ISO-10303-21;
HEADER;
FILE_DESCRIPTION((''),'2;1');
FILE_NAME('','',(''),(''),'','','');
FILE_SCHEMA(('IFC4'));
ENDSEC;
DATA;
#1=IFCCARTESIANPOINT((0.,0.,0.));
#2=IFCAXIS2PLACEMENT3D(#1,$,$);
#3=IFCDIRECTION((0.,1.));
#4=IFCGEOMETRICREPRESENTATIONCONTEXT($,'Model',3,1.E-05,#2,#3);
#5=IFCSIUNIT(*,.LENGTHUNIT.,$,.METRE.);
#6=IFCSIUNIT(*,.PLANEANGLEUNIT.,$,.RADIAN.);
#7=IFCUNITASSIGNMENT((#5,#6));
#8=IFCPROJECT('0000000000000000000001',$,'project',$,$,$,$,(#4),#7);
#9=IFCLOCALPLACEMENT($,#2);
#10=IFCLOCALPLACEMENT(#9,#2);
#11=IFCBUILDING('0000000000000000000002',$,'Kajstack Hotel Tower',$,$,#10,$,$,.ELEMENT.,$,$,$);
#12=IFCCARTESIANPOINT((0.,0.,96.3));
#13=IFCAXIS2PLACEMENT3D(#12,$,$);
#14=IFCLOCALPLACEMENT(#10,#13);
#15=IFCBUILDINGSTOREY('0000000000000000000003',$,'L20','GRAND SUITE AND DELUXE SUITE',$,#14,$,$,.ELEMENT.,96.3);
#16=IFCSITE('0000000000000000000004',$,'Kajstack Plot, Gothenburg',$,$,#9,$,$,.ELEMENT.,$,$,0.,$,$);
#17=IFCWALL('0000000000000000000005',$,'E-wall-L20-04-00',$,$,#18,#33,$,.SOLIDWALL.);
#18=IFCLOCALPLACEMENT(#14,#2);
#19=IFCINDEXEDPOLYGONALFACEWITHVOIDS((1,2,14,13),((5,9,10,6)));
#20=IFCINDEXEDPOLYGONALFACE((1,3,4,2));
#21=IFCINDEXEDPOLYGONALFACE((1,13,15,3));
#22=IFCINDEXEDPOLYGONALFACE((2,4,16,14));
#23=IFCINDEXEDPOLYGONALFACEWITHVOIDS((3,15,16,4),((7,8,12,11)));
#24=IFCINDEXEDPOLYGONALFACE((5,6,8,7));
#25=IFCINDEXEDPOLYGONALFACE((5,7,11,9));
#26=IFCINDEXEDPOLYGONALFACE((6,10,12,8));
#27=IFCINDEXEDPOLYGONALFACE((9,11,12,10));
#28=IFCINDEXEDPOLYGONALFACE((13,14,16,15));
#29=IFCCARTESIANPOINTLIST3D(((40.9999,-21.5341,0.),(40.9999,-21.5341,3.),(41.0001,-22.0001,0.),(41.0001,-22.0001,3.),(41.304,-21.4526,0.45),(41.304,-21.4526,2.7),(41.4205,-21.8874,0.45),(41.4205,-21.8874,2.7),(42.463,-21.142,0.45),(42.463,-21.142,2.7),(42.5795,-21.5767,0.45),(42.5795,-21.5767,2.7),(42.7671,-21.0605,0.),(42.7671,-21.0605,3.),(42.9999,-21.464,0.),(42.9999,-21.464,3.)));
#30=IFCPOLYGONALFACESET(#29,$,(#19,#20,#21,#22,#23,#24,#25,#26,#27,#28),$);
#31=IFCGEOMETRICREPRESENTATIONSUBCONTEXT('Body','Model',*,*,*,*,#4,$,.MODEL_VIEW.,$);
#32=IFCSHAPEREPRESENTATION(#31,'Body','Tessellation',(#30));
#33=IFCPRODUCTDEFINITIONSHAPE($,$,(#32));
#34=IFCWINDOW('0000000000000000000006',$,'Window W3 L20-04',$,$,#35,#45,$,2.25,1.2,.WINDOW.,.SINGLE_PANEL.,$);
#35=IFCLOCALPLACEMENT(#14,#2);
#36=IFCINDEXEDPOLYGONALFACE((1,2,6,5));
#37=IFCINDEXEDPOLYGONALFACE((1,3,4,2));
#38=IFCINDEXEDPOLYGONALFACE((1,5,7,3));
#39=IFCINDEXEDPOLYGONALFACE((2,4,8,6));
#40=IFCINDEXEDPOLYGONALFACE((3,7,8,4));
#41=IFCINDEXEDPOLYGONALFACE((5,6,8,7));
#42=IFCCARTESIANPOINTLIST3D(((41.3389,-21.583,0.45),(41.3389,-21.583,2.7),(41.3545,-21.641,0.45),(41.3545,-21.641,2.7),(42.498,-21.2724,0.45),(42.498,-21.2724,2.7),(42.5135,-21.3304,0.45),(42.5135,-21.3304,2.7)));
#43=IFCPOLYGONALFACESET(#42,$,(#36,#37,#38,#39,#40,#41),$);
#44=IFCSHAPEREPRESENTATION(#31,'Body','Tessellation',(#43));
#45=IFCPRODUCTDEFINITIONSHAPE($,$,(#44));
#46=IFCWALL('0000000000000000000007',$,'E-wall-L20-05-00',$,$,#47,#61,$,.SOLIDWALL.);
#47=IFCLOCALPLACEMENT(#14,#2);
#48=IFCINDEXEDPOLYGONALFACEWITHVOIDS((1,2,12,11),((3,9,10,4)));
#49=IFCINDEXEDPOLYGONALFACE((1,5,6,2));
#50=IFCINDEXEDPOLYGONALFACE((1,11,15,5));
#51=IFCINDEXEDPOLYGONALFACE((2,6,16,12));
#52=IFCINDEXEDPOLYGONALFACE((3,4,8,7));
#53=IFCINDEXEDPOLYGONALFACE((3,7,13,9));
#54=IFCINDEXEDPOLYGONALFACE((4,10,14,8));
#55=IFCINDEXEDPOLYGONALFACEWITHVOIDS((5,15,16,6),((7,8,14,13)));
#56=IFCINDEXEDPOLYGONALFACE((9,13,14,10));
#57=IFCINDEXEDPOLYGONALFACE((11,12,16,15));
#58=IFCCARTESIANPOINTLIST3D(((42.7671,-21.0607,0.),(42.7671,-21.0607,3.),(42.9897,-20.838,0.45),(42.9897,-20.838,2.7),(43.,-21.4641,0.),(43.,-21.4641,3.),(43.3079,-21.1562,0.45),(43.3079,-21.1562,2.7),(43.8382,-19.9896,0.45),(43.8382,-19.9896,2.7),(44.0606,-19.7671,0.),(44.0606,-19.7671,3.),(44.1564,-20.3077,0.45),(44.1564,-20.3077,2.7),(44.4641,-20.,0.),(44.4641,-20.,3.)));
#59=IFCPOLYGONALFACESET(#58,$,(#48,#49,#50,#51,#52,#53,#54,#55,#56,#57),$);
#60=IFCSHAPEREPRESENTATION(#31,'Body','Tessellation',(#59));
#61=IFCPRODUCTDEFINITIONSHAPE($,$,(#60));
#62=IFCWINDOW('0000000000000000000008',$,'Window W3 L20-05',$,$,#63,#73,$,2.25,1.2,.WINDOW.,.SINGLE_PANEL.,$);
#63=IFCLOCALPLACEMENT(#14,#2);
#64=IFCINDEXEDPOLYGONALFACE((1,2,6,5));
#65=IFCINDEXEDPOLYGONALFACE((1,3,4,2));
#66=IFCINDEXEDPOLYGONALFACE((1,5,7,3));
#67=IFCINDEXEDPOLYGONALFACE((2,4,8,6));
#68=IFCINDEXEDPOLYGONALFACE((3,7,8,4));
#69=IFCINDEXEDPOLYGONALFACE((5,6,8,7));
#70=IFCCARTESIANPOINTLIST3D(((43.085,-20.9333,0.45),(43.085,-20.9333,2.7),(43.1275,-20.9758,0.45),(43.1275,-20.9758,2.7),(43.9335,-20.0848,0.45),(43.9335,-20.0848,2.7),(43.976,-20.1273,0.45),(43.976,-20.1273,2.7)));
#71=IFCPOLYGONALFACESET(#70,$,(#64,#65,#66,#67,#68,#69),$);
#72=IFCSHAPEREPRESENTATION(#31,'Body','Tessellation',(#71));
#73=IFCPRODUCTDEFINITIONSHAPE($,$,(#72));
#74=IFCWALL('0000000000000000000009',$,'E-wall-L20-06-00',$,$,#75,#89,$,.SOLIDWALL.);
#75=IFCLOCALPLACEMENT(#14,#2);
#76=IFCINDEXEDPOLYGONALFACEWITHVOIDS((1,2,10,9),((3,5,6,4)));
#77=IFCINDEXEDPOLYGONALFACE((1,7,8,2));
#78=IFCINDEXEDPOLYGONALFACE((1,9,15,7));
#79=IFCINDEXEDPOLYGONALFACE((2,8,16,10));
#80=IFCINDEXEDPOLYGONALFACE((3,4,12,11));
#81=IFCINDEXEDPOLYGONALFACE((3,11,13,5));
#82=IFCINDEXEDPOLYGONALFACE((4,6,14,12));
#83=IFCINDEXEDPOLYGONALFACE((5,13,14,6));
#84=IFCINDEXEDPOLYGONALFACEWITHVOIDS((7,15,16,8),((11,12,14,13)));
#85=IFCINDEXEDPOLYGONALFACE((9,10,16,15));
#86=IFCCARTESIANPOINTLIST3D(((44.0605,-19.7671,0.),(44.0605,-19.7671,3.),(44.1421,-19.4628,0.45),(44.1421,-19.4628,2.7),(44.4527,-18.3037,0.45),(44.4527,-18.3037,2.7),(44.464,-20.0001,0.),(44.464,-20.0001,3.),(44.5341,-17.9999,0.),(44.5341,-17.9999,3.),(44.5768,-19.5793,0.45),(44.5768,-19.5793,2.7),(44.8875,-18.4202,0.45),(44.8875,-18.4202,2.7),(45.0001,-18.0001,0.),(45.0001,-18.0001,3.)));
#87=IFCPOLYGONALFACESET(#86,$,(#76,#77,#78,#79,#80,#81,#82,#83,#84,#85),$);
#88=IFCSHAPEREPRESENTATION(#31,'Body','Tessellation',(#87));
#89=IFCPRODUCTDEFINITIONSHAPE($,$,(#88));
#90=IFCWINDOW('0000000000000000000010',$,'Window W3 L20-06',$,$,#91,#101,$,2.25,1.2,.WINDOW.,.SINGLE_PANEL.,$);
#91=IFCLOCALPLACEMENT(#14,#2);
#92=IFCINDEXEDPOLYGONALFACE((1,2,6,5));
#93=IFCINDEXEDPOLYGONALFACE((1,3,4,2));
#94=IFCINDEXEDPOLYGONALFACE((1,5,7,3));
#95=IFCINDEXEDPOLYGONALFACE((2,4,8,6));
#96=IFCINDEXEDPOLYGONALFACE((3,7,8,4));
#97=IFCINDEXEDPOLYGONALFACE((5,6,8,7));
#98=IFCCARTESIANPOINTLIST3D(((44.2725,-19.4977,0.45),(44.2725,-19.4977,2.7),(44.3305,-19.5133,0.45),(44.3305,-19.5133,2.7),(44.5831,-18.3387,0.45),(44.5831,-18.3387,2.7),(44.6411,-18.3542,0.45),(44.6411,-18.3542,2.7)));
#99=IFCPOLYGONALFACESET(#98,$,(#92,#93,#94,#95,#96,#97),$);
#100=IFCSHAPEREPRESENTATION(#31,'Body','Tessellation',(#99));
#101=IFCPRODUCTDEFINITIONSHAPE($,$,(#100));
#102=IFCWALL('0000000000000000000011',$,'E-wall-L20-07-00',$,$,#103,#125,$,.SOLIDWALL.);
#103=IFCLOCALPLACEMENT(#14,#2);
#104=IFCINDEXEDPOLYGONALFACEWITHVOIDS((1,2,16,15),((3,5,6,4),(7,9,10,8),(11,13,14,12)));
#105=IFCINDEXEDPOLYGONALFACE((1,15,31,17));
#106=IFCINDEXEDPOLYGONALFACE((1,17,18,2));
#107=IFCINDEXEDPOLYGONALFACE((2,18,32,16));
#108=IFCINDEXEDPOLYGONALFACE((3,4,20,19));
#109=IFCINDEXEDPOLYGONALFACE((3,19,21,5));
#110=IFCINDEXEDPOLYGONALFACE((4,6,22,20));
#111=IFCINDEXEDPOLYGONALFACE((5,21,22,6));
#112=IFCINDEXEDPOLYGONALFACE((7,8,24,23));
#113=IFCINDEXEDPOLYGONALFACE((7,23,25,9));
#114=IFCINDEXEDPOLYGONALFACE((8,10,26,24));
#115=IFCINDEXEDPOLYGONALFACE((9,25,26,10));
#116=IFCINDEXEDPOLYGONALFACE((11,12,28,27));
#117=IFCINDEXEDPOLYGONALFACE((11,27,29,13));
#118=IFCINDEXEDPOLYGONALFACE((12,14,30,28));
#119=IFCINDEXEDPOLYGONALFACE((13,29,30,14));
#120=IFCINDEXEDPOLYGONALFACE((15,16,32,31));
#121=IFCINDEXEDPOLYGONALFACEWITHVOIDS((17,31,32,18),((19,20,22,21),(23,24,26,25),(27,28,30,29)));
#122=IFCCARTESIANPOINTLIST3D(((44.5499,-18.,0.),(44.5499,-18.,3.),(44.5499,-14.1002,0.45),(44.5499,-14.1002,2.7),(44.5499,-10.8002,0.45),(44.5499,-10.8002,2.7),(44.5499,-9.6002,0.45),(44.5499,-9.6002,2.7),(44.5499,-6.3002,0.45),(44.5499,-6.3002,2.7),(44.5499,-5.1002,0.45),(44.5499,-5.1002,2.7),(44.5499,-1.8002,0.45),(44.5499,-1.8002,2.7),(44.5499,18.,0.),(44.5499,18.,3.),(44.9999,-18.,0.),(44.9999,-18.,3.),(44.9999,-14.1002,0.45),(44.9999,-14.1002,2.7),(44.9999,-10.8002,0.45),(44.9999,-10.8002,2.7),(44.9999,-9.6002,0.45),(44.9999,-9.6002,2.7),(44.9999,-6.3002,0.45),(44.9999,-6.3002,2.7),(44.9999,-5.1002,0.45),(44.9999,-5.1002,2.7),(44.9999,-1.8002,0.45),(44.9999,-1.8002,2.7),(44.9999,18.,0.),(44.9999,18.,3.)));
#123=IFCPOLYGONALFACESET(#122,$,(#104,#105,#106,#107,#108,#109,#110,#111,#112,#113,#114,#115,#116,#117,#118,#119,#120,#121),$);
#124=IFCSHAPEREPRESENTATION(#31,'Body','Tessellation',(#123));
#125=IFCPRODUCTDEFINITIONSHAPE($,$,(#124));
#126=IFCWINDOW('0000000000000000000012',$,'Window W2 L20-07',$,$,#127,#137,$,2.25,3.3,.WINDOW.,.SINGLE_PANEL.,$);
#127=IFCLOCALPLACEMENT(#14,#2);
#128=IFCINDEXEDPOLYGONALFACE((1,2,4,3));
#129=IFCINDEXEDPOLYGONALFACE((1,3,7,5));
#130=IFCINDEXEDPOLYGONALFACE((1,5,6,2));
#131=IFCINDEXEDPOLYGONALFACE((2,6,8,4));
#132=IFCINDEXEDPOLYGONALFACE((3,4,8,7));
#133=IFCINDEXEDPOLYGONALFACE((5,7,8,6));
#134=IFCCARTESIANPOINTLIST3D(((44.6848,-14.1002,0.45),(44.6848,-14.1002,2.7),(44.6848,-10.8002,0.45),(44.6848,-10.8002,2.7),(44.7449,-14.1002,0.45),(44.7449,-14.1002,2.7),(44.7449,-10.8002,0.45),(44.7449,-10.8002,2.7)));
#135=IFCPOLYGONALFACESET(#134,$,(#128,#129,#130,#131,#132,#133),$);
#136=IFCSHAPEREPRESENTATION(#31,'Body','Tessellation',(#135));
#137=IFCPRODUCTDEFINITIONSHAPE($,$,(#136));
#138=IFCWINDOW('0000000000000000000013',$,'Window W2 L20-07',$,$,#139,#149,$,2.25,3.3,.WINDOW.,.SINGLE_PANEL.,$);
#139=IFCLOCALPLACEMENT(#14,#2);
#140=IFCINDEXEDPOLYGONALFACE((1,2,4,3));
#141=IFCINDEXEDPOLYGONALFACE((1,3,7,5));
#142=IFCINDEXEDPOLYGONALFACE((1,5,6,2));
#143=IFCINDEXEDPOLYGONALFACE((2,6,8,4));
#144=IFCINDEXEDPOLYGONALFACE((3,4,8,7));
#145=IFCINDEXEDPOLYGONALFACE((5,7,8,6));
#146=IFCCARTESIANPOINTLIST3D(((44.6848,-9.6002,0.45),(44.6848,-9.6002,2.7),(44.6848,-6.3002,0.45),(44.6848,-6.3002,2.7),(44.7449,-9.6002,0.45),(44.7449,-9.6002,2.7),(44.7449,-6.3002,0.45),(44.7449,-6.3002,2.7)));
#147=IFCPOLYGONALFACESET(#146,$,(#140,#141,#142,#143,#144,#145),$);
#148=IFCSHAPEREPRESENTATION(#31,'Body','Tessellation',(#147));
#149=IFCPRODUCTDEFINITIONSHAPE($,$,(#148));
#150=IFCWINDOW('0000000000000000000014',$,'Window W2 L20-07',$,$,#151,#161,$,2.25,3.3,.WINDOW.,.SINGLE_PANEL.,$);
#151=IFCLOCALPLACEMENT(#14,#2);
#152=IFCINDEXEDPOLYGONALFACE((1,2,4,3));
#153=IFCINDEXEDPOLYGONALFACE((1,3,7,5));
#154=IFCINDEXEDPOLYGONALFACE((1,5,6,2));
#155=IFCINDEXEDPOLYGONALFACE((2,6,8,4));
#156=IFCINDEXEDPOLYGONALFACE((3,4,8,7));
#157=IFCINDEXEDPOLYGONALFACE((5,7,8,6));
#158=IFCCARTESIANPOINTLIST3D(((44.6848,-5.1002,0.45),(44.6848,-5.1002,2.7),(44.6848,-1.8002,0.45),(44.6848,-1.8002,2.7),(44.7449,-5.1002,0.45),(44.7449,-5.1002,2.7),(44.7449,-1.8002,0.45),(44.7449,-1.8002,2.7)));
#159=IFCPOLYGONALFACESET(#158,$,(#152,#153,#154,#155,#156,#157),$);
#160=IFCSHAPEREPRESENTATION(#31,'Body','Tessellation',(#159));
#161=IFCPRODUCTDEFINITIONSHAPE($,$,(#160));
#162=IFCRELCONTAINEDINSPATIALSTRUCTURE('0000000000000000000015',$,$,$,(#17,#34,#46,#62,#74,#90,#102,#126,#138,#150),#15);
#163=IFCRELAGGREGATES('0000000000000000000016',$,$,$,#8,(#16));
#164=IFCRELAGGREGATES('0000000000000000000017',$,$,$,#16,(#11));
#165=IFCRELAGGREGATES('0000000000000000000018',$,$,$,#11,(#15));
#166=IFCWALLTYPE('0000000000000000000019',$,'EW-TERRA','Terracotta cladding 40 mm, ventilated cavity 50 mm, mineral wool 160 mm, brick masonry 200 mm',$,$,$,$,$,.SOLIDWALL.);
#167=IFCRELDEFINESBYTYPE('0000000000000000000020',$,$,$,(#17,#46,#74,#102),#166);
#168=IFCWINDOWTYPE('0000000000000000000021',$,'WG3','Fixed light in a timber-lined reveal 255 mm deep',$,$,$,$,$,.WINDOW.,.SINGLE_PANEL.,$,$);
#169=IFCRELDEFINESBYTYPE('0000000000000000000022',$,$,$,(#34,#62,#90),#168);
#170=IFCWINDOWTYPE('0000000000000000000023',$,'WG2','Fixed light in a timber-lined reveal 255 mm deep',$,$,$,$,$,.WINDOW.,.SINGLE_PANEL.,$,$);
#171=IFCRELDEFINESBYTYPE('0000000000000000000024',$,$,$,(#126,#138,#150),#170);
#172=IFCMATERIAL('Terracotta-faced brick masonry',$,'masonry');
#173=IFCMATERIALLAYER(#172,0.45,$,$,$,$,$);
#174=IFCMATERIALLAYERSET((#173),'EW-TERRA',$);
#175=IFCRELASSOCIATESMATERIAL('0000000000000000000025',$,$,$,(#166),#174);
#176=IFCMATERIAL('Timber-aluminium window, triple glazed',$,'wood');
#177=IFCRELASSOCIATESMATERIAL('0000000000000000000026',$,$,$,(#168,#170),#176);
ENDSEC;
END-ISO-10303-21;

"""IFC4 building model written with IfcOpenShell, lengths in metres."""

from ifc_helpers import new_model, si_unit, direction, frame, frame_2d, origin, place, context, subcontext, project, spatial, polyline, rectangle, outline, extrude, material, layer, layer_set, type_object, element, fill, save


model = new_model("IFC4")

# Units and contexts
model_context = context("Model", 3, precision=1e-05, world=origin(), true_north=direction((0.0, 1.0)))
body_context = subcontext(model_context, "Body", "Model", "MODEL_VIEW")
ifc_project = project(units=[si_unit("LENGTHUNIT", "METRE"), si_unit("PLANEANGLEUNIT", "RADIAN")], contexts=[model_context])

# Site, building, storey
site_placement = place(None, origin())
site = spatial("IfcSite", under=ifc_project, at=site_placement, Name="Kajstack Plot, Gothenburg", CompositionType="ELEMENT", RefElevation=0.0)
building_placement = place(site_placement, origin())
building = spatial("IfcBuilding", under=site, at=building_placement, Name="Kajstack Hotel Tower", CompositionType="ELEMENT")
storey_placement = place(building_placement, frame((0.0, 0.0, 96.3)))
storey = spatial("IfcBuildingStorey", under=building, at=storey_placement, Name="L20", Description="GRAND SUITE AND DELUXE SUITE", CompositionType="ELEMENT", Elevation=96.3)

# Walls, openings, windows
ifc_material_1 = material(Name="Terracotta-faced brick masonry", Category="masonry")
ifc_layer_1 = layer(ifc_material_1, 0.45)
ifc_layer_set_1 = layer_set([ifc_layer_1], Name="EW-TERRA")
wall_type_1 = type_object("IfcWallType", Name="EW-TERRA", Description="Terracotta cladding 40 mm, ventilated cavity 50 mm, mineral wool 160 mm, brick masonry 200 mm", PredefinedType="SOLIDWALL", material=ifc_layer_set_1)
wall_1_placement = place(storey_placement, frame((40.9417, -21.7827, 0.0), z_axis=(0.0, 0.0, 1.0), x_axis=(0.965927, 0.258815, 0.0)))
wall_1 = element("IfcWall", 1, at=wall_1_placement, inside=storey, type_object=wall_type_1, Name="E-wall-L20-04-00", PredefinedType="SOLIDWALL", context=body_context, shape_type="SweptSolid", body=[
    extrude(outline(polyline([(0.0002, -0.2251), (2.0706, -0.2249), (1.9502, 0.2251), (0.1206, 0.2251), (0.0002, -0.2251)])), origin(), (0.0, 0.0, 1.0), 3.0),
])
opening_1_placement = place(wall_1_placement, frame((0.4353, 0.0, 0.45)))
opening_1 = element("IfcOpeningElement", 2, at=opening_1_placement, cuts=wall_1, PredefinedType="OPENING", context=body_context, shape_type="SweptSolid", body=[
    extrude(rectangle(XDim=1.2, YDim=2.25, at=frame_2d((0.6001, 1.125))), frame((0.0, 0.2349, 0.0), z_axis=(0.0, -1.0, 0.0), x_axis=(1.0, 0.0, 0.0)), (0.0, 0.0, 1.0), 0.47),
])
ifc_material_2 = material(Name="Timber-aluminium window, triple glazed", Category="wood")
window_type_1 = type_object("IfcWindowType", Name="WG3", Description="Fixed light in a timber-lined reveal 255 mm deep", PartitioningType="SINGLE_PANEL", PredefinedType="WINDOW", material=ifc_material_2)
window_1_placement = place(opening_1_placement, origin())
window_1 = element("IfcWindow", 3, at=window_1_placement, inside=storey, type_object=window_type_1, Name="Window W3 L20-04", OverallHeight=2.25, OverallWidth=1.2, PartitioningType="SINGLE_PANEL", PredefinedType="WINDOW", context=body_context, shape_type="SweptSolid", body=[
    extrude(rectangle(XDim=1.2, YDim=2.25, at=frame_2d((0.6001, 1.125))), frame((0.0, 0.0901, 0.0), z_axis=(0.0, -1.0, 0.0), x_axis=(1.0, 0.0, 0.0)), (0.0, 0.0, 1.0), 0.0601),
])
fill(opening_1, window_1)
wall_2_placement = place(storey_placement, frame((42.8408, -21.3049, 0.0), z_axis=(0.0, 0.0, 1.0), x_axis=(0.707107, 0.707107, 0.0)))
wall_2 = element("IfcWall", 4, at=wall_2_placement, inside=storey, type_object=wall_type_1, Name="E-wall-L20-05-00", PredefinedType="SOLIDWALL", context=body_context, shape_type="SweptSolid", body=[
    extrude(outline(polyline([(0.0, -0.2251), (2.0706, -0.2251), (1.95, 0.2249), (0.1206, 0.2249), (0.0, -0.2251)])), origin(), (0.0, 0.0, 1.0), 3.0),
])
opening_2_placement = place(wall_2_placement, frame((0.4353, 0.0, 0.45)))
opening_2 = element("IfcOpeningElement", 5, at=opening_2_placement, cuts=wall_2, PredefinedType="OPENING", context=body_context, shape_type="SweptSolid", body=[
    extrude(rectangle(XDim=1.2, YDim=2.25, at=frame_2d((0.6001, 1.125))), frame((0.0, 0.2349, 0.0), z_axis=(0.0, -1.0, 0.0), x_axis=(1.0, 0.0, 0.0)), (0.0, 0.0, 1.0), 0.47),
])
window_2_placement = place(opening_2_placement, origin())
window_2 = element("IfcWindow", 6, at=window_2_placement, inside=storey, type_object=window_type_1, Name="Window W3 L20-05", OverallHeight=2.25, OverallWidth=1.2, PartitioningType="SINGLE_PANEL", PredefinedType="WINDOW", context=body_context, shape_type="SweptSolid", body=[
    extrude(rectangle(XDim=1.2, YDim=2.25, at=frame_2d((0.6001, 1.125))), frame((0.0, 0.0901, 0.0), z_axis=(0.0, -1.0, 0.0), x_axis=(1.0, 0.0, 0.0)), (0.0, 0.0, 1.0), 0.0601),
])
fill(opening_2, window_2)
wall_3_placement = place(storey_placement, frame((44.2468, -19.9417, 0.0), z_axis=(0.0, 0.0, 1.0), x_axis=(0.258815, 0.965927, 0.0)))
wall_3 = element("IfcWall", 7, at=wall_3_placement, inside=storey, type_object=wall_type_1, Name="E-wall-L20-06-00", PredefinedType="SOLIDWALL", context=body_context, shape_type="SweptSolid", body=[
    extrude(outline(polyline([(-0.0002, -0.2249), (2.0703, -0.2251), (1.95, 0.2251), (0.1204, 0.2251), (-0.0002, -0.2249)])), origin(), (0.0, 0.0, 1.0), 3.0),
])
opening_3_placement = place(wall_3_placement, frame((0.4353, 0.0, 0.45)))
opening_3 = element("IfcOpeningElement", 8, at=opening_3_placement, cuts=wall_3, PredefinedType="OPENING", context=body_context, shape_type="SweptSolid", body=[
    extrude(rectangle(XDim=1.2, YDim=2.25, at=frame_2d((0.6001, 1.125))), frame((0.0, 0.2349, 0.0), z_axis=(0.0, -1.0, 0.0), x_axis=(1.0, 0.0, 0.0)), (0.0, 0.0, 1.0), 0.47),
])
window_3_placement = place(opening_3_placement, origin())
window_3 = element("IfcWindow", 9, at=window_3_placement, inside=storey, type_object=window_type_1, Name="Window W3 L20-06", OverallHeight=2.25, OverallWidth=1.2, PartitioningType="SINGLE_PANEL", PredefinedType="WINDOW", context=body_context, shape_type="SweptSolid", body=[
    extrude(rectangle(XDim=1.2, YDim=2.25, at=frame_2d((0.6001, 1.125))), frame((0.0, 0.0901, 0.0), z_axis=(0.0, -1.0, 0.0), x_axis=(1.0, 0.0, 0.0)), (0.0, 0.0, 1.0), 0.0601),
])
fill(opening_3, window_3)

# Wall, openings, windows
wall_4_placement = place(storey_placement, frame((44.7749, -18.0, 0.0), z_axis=(0.0, 0.0, 1.0), x_axis=(0.0, 1.0, 0.0)))
wall_4 = element("IfcWall", 10, at=wall_4_placement, inside=storey, type_object=wall_type_1, Name="E-wall-L20-07-00", PredefinedType="SOLIDWALL", context=body_context, shape_type="SweptSolid", body=[
    extrude(rectangle(XDim=36.0, YDim=0.45, at=frame_2d((18.0, 0.0))), origin(), (0.0, 0.0, 1.0), 3.0),
])
opening_4_placement = place(wall_4_placement, frame((3.8999, 0.0, 0.45)))
opening_4 = element("IfcOpeningElement", 11, at=opening_4_placement, cuts=wall_4, PredefinedType="OPENING", context=body_context, shape_type="SweptSolid", body=[
    extrude(rectangle(XDim=3.3, YDim=2.25, at=frame_2d((1.6499, 1.125))), frame((0.0, 0.2349, 0.0), z_axis=(0.0, -1.0, 0.0), x_axis=(1.0, 0.0, 0.0)), (0.0, 0.0, 1.0), 0.47),
])
opening_5_placement = place(wall_4_placement, frame((8.3999, 0.0, 0.45)))
opening_5 = element("IfcOpeningElement", 12, at=opening_5_placement, cuts=wall_4, PredefinedType="OPENING", context=body_context, shape_type="SweptSolid", body=[
    extrude(rectangle(XDim=3.3, YDim=2.25, at=frame_2d((1.6499, 1.125))), frame((0.0, 0.2349, 0.0), z_axis=(0.0, -1.0, 0.0), x_axis=(1.0, 0.0, 0.0)), (0.0, 0.0, 1.0), 0.47),
])
opening_6_placement = place(wall_4_placement, frame((12.8999, 0.0, 0.45)))
opening_6 = element("IfcOpeningElement", 13, at=opening_6_placement, cuts=wall_4, PredefinedType="OPENING", context=body_context, shape_type="SweptSolid", body=[
    extrude(rectangle(XDim=3.3, YDim=2.25, at=frame_2d((1.6499, 1.125))), frame((0.0, 0.2349, 0.0), z_axis=(0.0, -1.0, 0.0), x_axis=(1.0, 0.0, 0.0)), (0.0, 0.0, 1.0), 0.47),
])
window_type_2 = type_object("IfcWindowType", Name="WG2", Description="Fixed light in a timber-lined reveal 255 mm deep", PartitioningType="SINGLE_PANEL", PredefinedType="WINDOW", material=ifc_material_2)
window_4_placement = place(opening_4_placement, origin())
window_4 = element("IfcWindow", 14, at=window_4_placement, inside=storey, type_object=window_type_2, Name="Window W2 L20-07", OverallHeight=2.25, OverallWidth=3.3, PartitioningType="SINGLE_PANEL", PredefinedType="WINDOW", context=body_context, shape_type="SweptSolid", body=[
    extrude(rectangle(XDim=3.3, YDim=2.25, at=frame_2d((1.6499, 1.125))), frame((0.0, 0.0901, 0.0), z_axis=(0.0, -1.0, 0.0), x_axis=(1.0, 0.0, 0.0)), (0.0, 0.0, 1.0), 0.0601),
])
fill(opening_4, window_4)
window_5_placement = place(opening_5_placement, origin())
window_5 = element("IfcWindow", 15, at=window_5_placement, inside=storey, type_object=window_type_2, Name="Window W2 L20-07", OverallHeight=2.25, OverallWidth=3.3, PartitioningType="SINGLE_PANEL", PredefinedType="WINDOW", context=body_context, shape_type="SweptSolid", body=[
    extrude(rectangle(XDim=3.3, YDim=2.25, at=frame_2d((1.6499, 1.125))), frame((0.0, 0.0901, 0.0), z_axis=(0.0, -1.0, 0.0), x_axis=(1.0, 0.0, 0.0)), (0.0, 0.0, 1.0), 0.0601),
])
fill(opening_5, window_5)
window_6_placement = place(opening_6_placement, origin())
window_6 = element("IfcWindow", 16, at=window_6_placement, inside=storey, type_object=window_type_2, Name="Window W2 L20-07", OverallHeight=2.25, OverallWidth=3.3, PartitioningType="SINGLE_PANEL", PredefinedType="WINDOW", context=body_context, shape_type="SweptSolid", body=[
    extrude(rectangle(XDim=3.3, YDim=2.25, at=frame_2d((1.6499, 1.125))), frame((0.0, 0.0901, 0.0), z_axis=(0.0, -1.0, 0.0), x_axis=(1.0, 0.0, 0.0)), (0.0, 0.0, 1.0), 0.0601),
])
fill(opening_6, window_6)

save(model, "model.ifc")
